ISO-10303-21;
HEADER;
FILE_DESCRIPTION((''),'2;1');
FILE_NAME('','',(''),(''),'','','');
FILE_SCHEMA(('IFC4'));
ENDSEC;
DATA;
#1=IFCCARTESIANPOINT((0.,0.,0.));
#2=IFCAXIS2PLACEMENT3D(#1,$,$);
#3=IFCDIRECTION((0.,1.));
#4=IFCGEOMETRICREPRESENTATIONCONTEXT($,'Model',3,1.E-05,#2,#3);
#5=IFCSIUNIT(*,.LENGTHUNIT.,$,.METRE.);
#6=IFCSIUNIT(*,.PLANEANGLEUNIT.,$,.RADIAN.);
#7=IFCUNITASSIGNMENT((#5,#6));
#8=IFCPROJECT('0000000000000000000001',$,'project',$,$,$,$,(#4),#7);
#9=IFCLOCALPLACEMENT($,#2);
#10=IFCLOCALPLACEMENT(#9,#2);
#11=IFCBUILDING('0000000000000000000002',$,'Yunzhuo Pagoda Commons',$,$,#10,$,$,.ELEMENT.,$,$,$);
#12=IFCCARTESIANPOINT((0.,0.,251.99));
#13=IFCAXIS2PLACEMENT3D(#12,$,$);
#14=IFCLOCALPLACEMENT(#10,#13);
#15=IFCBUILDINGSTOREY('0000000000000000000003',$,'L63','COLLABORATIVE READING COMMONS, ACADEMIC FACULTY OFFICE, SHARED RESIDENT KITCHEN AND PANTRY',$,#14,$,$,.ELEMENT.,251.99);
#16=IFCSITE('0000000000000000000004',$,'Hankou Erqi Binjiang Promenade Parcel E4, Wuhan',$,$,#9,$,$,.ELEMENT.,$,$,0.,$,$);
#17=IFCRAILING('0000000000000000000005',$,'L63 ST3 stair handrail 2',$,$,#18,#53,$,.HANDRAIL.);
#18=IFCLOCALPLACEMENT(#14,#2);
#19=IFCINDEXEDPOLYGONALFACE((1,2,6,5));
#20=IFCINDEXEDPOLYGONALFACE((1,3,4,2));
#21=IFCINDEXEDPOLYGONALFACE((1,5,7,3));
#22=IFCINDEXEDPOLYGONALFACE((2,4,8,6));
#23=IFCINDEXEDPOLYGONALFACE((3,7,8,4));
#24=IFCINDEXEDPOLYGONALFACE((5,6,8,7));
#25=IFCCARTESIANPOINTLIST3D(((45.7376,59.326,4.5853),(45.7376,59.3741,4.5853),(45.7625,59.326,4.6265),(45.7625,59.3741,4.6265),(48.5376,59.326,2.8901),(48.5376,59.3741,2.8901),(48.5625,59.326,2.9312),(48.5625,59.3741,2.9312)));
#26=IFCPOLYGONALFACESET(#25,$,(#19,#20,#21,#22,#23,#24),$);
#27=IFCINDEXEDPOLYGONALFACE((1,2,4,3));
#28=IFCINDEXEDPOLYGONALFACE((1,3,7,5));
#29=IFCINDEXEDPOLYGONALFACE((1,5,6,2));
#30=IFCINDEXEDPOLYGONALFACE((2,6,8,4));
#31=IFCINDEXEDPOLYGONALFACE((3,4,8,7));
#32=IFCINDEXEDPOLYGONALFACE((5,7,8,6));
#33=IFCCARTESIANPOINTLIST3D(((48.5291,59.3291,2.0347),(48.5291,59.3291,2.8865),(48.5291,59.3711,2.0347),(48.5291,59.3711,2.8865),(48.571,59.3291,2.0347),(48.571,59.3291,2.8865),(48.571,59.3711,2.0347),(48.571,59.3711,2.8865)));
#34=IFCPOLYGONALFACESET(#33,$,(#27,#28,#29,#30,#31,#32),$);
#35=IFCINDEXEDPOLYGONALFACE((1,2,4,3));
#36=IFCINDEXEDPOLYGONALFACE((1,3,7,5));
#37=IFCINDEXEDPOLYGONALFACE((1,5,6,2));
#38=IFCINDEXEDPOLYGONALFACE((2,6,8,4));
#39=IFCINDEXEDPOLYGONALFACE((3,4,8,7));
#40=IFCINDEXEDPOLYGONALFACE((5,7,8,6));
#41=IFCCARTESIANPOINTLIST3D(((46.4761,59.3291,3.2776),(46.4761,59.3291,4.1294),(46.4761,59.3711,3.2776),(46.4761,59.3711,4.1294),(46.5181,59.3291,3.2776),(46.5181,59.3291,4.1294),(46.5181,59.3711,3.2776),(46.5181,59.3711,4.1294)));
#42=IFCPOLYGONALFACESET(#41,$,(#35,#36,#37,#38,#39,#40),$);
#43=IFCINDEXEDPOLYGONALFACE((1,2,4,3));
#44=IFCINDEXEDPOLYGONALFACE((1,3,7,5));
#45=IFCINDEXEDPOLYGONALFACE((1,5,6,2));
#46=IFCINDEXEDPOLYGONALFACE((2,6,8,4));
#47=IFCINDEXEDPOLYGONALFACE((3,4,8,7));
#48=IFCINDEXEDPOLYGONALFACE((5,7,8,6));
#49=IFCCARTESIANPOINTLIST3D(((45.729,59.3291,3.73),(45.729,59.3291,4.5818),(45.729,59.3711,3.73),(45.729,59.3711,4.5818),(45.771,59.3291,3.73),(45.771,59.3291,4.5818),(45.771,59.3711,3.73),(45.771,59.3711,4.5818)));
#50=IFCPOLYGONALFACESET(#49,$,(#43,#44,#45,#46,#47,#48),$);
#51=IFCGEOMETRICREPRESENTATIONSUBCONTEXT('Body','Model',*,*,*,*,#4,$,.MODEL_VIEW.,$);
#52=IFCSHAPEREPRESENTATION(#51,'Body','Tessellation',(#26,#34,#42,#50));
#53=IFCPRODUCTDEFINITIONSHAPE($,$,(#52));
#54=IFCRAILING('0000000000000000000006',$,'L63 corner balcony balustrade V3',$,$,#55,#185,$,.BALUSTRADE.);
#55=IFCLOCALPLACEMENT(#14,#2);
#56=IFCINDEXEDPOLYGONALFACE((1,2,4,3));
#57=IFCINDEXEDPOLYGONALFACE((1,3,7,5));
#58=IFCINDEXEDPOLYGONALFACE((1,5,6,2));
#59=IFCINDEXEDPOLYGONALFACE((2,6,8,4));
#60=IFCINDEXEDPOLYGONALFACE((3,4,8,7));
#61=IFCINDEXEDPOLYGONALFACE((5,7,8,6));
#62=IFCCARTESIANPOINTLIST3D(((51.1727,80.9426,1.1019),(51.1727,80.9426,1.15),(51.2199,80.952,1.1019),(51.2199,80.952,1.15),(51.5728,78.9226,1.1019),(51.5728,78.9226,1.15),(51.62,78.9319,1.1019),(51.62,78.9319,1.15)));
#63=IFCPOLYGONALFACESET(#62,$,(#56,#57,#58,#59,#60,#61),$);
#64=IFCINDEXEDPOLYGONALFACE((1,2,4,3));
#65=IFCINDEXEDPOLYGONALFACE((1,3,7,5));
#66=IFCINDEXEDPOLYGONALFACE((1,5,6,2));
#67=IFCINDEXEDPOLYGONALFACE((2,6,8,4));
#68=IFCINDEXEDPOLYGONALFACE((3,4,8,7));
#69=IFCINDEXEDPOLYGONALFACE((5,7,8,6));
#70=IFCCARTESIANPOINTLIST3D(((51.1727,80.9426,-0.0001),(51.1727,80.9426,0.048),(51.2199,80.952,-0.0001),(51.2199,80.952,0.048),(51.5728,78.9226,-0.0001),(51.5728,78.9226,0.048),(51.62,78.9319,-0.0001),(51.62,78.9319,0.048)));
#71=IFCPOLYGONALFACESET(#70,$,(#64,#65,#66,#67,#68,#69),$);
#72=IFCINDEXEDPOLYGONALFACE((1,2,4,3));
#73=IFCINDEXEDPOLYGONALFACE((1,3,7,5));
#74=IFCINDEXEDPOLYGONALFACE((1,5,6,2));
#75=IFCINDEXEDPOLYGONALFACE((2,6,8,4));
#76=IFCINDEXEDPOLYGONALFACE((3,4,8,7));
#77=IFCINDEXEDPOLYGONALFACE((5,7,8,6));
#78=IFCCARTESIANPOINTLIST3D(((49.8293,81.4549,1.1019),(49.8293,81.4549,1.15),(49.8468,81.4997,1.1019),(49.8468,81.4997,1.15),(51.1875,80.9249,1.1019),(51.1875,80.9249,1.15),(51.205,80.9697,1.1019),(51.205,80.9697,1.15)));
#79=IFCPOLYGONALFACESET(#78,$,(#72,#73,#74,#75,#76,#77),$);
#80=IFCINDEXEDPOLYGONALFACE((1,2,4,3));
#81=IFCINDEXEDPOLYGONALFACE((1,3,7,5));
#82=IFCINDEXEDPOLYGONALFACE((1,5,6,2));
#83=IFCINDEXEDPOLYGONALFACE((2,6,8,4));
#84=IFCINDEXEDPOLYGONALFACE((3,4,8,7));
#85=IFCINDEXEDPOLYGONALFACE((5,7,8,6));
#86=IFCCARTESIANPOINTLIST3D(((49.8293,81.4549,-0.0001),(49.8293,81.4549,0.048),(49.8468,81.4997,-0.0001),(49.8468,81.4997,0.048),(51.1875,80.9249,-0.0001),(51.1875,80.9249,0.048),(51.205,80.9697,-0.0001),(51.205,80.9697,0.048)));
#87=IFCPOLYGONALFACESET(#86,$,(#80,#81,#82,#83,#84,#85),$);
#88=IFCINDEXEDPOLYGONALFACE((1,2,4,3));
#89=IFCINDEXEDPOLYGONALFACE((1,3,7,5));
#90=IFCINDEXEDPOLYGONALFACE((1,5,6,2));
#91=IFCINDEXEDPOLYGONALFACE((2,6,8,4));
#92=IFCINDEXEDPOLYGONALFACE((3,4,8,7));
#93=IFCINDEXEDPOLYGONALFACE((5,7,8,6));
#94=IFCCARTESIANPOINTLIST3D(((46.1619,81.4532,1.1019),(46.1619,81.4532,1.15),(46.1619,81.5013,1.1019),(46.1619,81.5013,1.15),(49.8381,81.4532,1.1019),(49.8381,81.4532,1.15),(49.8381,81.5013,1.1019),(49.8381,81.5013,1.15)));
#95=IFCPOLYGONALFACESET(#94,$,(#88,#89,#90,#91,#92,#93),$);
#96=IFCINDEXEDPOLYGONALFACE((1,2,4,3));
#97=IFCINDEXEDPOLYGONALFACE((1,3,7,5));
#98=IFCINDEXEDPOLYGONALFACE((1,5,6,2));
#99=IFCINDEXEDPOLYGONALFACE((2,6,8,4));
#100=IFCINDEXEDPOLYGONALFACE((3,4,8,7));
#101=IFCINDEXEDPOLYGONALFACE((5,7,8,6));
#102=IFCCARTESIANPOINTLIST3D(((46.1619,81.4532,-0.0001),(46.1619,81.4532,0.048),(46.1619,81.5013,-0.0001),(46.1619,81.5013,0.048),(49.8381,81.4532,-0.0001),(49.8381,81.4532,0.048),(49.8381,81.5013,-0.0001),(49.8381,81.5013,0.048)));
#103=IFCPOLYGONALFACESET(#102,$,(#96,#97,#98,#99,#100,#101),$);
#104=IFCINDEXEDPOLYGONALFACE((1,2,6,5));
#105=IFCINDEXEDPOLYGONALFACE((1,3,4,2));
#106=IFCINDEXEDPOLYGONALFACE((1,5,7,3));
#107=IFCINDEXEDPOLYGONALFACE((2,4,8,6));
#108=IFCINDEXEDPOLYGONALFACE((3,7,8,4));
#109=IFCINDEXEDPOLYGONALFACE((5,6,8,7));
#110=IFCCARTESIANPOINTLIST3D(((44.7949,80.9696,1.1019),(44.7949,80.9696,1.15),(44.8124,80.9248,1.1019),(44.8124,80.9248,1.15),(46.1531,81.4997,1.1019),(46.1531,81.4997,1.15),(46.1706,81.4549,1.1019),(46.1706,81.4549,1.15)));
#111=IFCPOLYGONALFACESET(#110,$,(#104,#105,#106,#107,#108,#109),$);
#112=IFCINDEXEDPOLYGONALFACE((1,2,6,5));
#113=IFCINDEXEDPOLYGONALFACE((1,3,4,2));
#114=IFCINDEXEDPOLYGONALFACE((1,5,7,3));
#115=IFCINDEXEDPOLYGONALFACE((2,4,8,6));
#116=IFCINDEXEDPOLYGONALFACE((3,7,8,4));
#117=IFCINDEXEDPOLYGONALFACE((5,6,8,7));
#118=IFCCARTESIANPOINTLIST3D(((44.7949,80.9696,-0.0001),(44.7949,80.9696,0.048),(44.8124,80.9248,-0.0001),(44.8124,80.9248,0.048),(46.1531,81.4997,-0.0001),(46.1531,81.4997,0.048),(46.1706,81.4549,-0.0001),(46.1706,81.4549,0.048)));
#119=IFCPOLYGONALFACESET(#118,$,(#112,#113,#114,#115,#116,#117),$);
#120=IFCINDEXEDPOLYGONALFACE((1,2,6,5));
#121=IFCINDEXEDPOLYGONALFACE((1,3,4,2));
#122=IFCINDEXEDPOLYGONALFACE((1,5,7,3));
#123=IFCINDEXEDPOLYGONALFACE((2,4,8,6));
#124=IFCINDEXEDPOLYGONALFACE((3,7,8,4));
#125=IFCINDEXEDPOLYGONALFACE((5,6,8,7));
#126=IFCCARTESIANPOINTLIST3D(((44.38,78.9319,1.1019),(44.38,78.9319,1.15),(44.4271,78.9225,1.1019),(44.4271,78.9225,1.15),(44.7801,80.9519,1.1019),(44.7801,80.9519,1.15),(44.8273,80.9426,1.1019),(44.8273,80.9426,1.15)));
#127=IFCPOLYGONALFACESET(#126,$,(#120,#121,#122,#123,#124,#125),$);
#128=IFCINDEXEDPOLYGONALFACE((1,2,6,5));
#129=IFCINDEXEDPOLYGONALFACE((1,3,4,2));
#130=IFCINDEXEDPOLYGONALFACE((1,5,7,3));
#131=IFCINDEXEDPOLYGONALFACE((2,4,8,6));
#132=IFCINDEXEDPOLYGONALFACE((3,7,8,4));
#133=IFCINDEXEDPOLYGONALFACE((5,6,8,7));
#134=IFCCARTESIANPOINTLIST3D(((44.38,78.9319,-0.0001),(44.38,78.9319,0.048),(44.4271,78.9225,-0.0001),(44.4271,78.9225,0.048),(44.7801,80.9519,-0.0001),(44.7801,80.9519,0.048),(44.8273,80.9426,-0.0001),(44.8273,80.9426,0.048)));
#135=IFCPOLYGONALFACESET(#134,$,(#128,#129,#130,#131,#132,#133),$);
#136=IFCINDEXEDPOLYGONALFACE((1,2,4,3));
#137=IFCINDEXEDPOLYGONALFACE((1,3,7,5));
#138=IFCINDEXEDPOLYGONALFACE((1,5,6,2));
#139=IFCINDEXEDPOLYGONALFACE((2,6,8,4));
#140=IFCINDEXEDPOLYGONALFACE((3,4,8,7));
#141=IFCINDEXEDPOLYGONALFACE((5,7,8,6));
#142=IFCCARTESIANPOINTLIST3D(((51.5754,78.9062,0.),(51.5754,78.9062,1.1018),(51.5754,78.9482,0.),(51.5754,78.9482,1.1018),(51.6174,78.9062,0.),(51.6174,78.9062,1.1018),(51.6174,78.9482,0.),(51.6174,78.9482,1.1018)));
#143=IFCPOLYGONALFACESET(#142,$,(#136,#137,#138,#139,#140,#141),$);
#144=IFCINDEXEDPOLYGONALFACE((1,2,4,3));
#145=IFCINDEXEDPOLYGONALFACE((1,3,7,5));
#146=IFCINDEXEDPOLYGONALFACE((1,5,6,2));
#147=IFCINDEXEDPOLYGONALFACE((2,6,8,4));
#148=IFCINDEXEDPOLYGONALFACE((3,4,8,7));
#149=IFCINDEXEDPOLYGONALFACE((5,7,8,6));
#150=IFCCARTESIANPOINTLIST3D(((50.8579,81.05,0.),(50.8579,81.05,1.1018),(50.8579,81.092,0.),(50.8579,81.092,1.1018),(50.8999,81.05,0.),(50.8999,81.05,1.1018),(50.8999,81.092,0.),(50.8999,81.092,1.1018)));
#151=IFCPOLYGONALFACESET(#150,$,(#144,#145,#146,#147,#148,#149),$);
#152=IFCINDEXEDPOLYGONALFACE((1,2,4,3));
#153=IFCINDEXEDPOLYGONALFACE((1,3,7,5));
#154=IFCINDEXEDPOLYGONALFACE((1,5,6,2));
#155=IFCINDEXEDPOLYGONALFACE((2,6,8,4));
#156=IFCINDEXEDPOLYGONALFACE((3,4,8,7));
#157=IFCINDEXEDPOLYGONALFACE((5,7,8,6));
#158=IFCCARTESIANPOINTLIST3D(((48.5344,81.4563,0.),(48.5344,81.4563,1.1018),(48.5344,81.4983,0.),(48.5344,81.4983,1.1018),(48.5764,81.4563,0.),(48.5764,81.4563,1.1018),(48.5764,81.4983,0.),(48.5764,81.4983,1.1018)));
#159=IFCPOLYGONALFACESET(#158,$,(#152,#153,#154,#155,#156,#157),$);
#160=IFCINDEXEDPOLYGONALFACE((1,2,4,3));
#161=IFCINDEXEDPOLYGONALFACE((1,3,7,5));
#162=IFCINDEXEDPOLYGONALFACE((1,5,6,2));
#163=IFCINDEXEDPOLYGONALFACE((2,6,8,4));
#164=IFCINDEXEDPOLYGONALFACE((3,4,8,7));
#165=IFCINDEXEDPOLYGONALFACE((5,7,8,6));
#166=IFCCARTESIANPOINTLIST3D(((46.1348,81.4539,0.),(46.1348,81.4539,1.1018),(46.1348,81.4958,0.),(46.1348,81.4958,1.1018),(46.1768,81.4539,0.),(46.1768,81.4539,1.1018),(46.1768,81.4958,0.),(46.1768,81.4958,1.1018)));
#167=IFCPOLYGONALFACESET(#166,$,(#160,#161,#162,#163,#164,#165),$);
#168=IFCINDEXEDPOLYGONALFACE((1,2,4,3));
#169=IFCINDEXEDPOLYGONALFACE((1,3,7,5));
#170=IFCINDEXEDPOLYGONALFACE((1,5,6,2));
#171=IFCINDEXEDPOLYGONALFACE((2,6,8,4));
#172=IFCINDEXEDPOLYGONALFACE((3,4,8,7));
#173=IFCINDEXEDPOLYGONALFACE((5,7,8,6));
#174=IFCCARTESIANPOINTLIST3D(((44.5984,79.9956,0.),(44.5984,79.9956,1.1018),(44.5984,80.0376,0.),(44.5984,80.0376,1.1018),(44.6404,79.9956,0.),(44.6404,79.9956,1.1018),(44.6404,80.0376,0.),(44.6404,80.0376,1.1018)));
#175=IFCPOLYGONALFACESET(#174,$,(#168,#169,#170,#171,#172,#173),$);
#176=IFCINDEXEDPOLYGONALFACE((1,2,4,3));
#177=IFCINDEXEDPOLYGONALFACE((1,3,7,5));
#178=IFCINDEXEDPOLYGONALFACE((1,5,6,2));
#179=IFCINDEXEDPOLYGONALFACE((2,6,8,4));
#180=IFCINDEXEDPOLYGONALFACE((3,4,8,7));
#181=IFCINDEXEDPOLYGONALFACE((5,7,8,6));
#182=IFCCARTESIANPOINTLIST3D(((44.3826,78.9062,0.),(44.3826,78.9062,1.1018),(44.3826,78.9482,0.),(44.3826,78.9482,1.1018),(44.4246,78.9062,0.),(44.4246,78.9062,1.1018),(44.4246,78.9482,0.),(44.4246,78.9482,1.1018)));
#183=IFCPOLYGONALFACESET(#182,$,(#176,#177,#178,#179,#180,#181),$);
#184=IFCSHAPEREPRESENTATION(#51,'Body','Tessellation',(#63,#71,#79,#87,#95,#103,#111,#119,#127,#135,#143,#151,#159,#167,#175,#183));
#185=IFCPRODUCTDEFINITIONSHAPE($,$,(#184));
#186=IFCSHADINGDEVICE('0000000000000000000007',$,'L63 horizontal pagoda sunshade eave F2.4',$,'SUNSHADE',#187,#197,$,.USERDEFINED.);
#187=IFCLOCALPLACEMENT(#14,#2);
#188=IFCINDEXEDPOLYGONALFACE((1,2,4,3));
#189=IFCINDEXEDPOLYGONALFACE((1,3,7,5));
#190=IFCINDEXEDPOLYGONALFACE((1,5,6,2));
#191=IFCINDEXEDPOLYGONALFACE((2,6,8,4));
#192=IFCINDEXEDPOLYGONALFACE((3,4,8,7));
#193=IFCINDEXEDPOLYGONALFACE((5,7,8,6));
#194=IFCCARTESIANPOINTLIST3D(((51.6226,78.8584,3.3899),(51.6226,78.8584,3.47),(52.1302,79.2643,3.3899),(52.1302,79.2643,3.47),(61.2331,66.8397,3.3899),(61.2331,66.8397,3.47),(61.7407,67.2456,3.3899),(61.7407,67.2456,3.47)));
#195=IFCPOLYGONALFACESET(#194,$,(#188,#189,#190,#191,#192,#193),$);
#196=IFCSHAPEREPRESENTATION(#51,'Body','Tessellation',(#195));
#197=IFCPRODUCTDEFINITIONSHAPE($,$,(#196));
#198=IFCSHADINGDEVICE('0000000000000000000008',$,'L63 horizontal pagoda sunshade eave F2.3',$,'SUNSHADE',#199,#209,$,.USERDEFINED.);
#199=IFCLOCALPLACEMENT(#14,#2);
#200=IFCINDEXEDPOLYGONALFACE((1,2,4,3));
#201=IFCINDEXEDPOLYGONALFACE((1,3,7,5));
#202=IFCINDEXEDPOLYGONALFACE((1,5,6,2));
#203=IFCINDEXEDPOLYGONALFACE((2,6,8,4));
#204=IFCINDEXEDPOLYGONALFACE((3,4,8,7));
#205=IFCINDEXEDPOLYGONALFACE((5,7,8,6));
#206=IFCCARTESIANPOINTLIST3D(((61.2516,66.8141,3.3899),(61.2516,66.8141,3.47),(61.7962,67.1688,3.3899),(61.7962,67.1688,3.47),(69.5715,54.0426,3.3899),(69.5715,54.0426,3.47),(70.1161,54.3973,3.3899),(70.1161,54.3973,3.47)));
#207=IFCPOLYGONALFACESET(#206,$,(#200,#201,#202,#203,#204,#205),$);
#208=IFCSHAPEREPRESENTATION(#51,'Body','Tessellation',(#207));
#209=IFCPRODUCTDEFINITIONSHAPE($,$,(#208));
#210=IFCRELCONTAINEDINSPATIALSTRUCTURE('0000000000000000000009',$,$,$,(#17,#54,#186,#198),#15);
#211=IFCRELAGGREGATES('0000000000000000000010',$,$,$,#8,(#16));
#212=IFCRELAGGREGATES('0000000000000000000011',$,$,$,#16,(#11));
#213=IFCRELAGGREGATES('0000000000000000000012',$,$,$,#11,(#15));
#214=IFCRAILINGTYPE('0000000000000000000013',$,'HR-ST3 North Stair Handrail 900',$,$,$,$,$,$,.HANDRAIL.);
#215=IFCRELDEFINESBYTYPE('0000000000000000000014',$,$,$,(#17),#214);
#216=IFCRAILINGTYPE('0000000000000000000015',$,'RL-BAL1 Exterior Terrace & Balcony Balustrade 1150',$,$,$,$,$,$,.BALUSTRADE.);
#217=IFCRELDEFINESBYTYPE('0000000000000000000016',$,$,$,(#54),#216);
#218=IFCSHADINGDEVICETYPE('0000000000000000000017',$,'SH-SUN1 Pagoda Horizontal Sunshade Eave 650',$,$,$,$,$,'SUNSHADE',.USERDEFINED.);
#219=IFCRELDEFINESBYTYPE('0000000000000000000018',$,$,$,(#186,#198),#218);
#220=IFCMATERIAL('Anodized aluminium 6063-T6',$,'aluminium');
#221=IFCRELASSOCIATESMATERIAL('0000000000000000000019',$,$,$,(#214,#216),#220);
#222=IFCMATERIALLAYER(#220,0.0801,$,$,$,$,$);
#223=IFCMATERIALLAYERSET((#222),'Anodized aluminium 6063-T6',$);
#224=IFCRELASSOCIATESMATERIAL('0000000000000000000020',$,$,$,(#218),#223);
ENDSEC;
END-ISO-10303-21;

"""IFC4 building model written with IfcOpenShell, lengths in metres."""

from ifc_helpers import new_model, si_unit, direction, frame, origin, origin_2d, place, context, subcontext, project, spatial, rectangle, extrude, source, transform, mapped, material, layer, layer_set, type_object, element, save


model = new_model("IFC4")

# Units and contexts
model_context = context("Model", 3, precision=1e-05, world=origin(), true_north=direction((0.0, 1.0)))
body_context = subcontext(model_context, "Body", "Model", "MODEL_VIEW")
ifc_project = project(units=[si_unit("LENGTHUNIT", "METRE"), si_unit("PLANEANGLEUNIT", "RADIAN")], contexts=[model_context])

# Site, building, storey
site_placement = place(None, origin())
site = spatial("IfcSite", under=ifc_project, at=site_placement, Name="Hankou Erqi Binjiang Promenade Parcel E4, Wuhan", CompositionType="ELEMENT", RefElevation=0.0)
building_placement = place(site_placement, origin())
building = spatial("IfcBuilding", under=site, at=building_placement, Name="Yunzhuo Pagoda Commons", CompositionType="ELEMENT")
storey_placement = place(building_placement, frame((0.0, 0.0, 251.99)))
storey = spatial("IfcBuildingStorey", under=building, at=storey_placement, Name="L63", Description="COLLABORATIVE READING COMMONS, ACADEMIC FACULTY OFFICE, SHARED RESIDENT KITCHEN AND PANTRY", CompositionType="ELEMENT", Elevation=251.99)

# Shared definitions
ifc_material_1 = material(Name="Anodized aluminium 6063-T6", Category="aluminium")

# Railings
railing_type_1 = type_object("IfcRailingType", Name="HR-ST3 North Stair Handrail 900", PredefinedType="HANDRAIL", material=ifc_material_1)
railing_1_placement = place(storey_placement, frame((48.55, 59.3501, 2.0347)))
element("IfcRailing", 1, at=railing_1_placement, inside=storey, type_object=railing_type_1, Name="L63 ST3 stair handrail 2", PredefinedType="HANDRAIL", context=body_context, shape_type="SweptSolid", body=[
    extrude(rectangle(XDim=0.0481, YDim=0.0481, at=origin_2d()), frame((0.0, 0.0, 0.876), z_axis=(-0.855426, 0.0, 0.517925), x_axis=(0.0, -1.0, 0.0)), (0.0, 0.0, 1.0), 3.2732),
    extrude(rectangle(XDim=0.042, YDim=0.042, at=origin_2d()), origin(), (0.0, 0.0, 1.0), 0.8518),
    extrude(rectangle(XDim=0.042, YDim=0.042, at=origin_2d()), frame((-2.053, 0.0, 1.2429)), (0.0, 0.0, 1.0), 0.8518),
    extrude(rectangle(XDim=0.042, YDim=0.042, at=origin_2d()), frame((-2.8, 0.0, 1.6953)), (0.0, 0.0, 1.0), 0.8518),
])
railing_type_2 = type_object("IfcRailingType", Name="RL-BAL1 Exterior Terrace & Balcony Balustrade 1150", PredefinedType="BALUSTRADE", material=ifc_material_1)
railing_2_placement = place(storey_placement, frame((51.5964, 78.9272, 0.0)))
element("IfcRailing", 2, at=railing_2_placement, inside=storey, type_object=railing_type_2, Name="L63 corner balcony balustrade V3", PredefinedType="BALUSTRADE", context=body_context, shape_type="SweptSolid", body=[
    extrude(rectangle(XDim=0.0481, YDim=0.0481, at=origin_2d()), frame((0.0, 0.0, 1.126), z_axis=(-0.194315, 0.980939, 0.0), x_axis=(-0.980939, -0.194315, 0.0)), (0.0, 0.0, 1.0), 2.0593),
    extrude(rectangle(XDim=0.0481, YDim=0.0481, at=origin_2d()), frame((0.0, 0.0, 0.0239), z_axis=(-0.194315, 0.980939, 0.0), x_axis=(-0.980939, -0.194315, 0.0)), (0.0, 0.0, 1.0), 2.0593),
    extrude(rectangle(XDim=0.0481, YDim=0.0481, at=origin_2d()), frame((-0.4001, 2.02, 1.126), z_axis=(-0.931573, 0.363553, 0.0), x_axis=(-0.363553, -0.931573, 0.0)), (0.0, 0.0, 1.0), 1.458),
    extrude(rectangle(XDim=0.0481, YDim=0.0481, at=origin_2d()), frame((-0.4001, 2.02, 0.0239), z_axis=(-0.931573, 0.363553, 0.0), x_axis=(-0.363553, -0.931573, 0.0)), (0.0, 0.0, 1.0), 1.458),
    extrude(rectangle(XDim=0.0481, YDim=0.0481, at=origin_2d()), frame((-1.7583, 2.55, 1.126), z_axis=(-1.0, 0.0, 0.0), x_axis=(0.0, -1.0, 0.0)), (0.0, 0.0, 1.0), 3.6763),
    extrude(rectangle(XDim=0.0481, YDim=0.0481, at=origin_2d()), frame((-1.7583, 2.55, 0.0239), z_axis=(-1.0, 0.0, 0.0), x_axis=(0.0, -1.0, 0.0)), (0.0, 0.0, 1.0), 3.6763),
    extrude(rectangle(XDim=0.0481, YDim=0.0481, at=origin_2d()), frame((-5.4346, 2.55, 1.126), z_axis=(-0.931573, -0.363553, 0.0), x_axis=(0.363553, -0.931573, 0.0)), (0.0, 0.0, 1.0), 1.458),
    extrude(rectangle(XDim=0.0481, YDim=0.0481, at=origin_2d()), frame((-5.4346, 2.55, 0.0239), z_axis=(-0.931573, -0.363553, 0.0), x_axis=(0.363553, -0.931573, 0.0)), (0.0, 0.0, 1.0), 1.458),
    extrude(rectangle(XDim=0.0481, YDim=0.0481, at=origin_2d()), frame((-6.7927, 2.02, 1.126), z_axis=(-0.194315, -0.980939, 0.0), x_axis=(0.980939, -0.194315, 0.0)), (0.0, 0.0, 1.0), 2.0593),
    extrude(rectangle(XDim=0.0481, YDim=0.0481, at=origin_2d()), frame((-6.7927, 2.02, 0.0239), z_axis=(-0.194315, -0.980939, 0.0), x_axis=(0.980939, -0.194315, 0.0)), (0.0, 0.0, 1.0), 2.0593),
    extrude(rectangle(XDim=0.042, YDim=0.042, at=origin_2d()), origin(), (0.0, 0.0, 1.0), 1.1018),
    extrude(rectangle(XDim=0.042, YDim=0.042, at=origin_2d()), frame((-0.7175, 2.1438, 0.0)), (0.0, 0.0, 1.0), 1.1018),
    extrude(rectangle(XDim=0.042, YDim=0.042, at=origin_2d()), frame((-3.041, 2.55, 0.0)), (0.0, 0.0, 1.0), 1.1018),
    extrude(rectangle(XDim=0.042, YDim=0.042, at=origin_2d()), frame((-5.4407, 2.5476, 0.0)), (0.0, 0.0, 1.0), 1.1018),
    extrude(rectangle(XDim=0.042, YDim=0.042, at=origin_2d()), frame((-6.9771, 1.0894, 0.0)), (0.0, 0.0, 1.0), 1.1018),
    extrude(rectangle(XDim=0.042, YDim=0.042, at=origin_2d()), frame((-7.1929, 0.0, 0.0)), (0.0, 0.0, 1.0), 1.1018),
])

# Shading devices
ifc_layer_1 = layer(ifc_material_1, 0.0801)
ifc_layer_set_1 = layer_set([ifc_layer_1], Name="Anodized aluminium 6063-T6")
shading_device_type = type_object("IfcShadingDeviceType", Name="SH-SUN1 Pagoda Horizontal Sunshade Eave 650", ElementType="SUNSHADE", PredefinedType="USERDEFINED", material=ifc_layer_set_1)
shared_shape_1 = source(origin(), body_context, "Body", "SweptSolid", [
    extrude(rectangle(XDim=15.3887, YDim=0.6499, at=origin_2d()), origin(), (0.0, 0.0, 1.0), 0.0801),
])
shading_device_1_placement = place(storey_placement, frame((56.6816, 73.052, 3.3899), z_axis=(0.0, 0.0, 1.0), x_axis=(-0.62452, 0.781008, 0.0)))
element("IfcShadingDevice", 3, at=shading_device_1_placement, inside=storey, type_object=shading_device_type, Name="L63 horizontal pagoda sunshade eave F2.4", ObjectType="SUNSHADE", PredefinedType="USERDEFINED", context=body_context, shape_type="MappedRepresentation", body=[
    mapped(shared_shape_1, transform((0.0, 0.0, 0.0), scale=1.0)),
])
shared_shape_2 = source(origin(), body_context, "Body", "SweptSolid", [
    extrude(rectangle(XDim=15.2424, YDim=0.6499, at=origin_2d()), origin(), (0.0, 0.0, 1.0), 0.0801),
])
shading_device_2_placement = place(storey_placement, frame((65.6838, 60.6057, 3.3899), z_axis=(0.0, 0.0, 1.0), x_axis=(-0.545839, 0.83789, 0.0)))
element("IfcShadingDevice", 4, at=shading_device_2_placement, inside=storey, type_object=shading_device_type, Name="L63 horizontal pagoda sunshade eave F2.3", ObjectType="SUNSHADE", PredefinedType="USERDEFINED", context=body_context, shape_type="MappedRepresentation", body=[
    mapped(shared_shape_2, transform((0.0, 0.0, 0.0), scale=1.0)),
])

save(model, "model.ifc")
